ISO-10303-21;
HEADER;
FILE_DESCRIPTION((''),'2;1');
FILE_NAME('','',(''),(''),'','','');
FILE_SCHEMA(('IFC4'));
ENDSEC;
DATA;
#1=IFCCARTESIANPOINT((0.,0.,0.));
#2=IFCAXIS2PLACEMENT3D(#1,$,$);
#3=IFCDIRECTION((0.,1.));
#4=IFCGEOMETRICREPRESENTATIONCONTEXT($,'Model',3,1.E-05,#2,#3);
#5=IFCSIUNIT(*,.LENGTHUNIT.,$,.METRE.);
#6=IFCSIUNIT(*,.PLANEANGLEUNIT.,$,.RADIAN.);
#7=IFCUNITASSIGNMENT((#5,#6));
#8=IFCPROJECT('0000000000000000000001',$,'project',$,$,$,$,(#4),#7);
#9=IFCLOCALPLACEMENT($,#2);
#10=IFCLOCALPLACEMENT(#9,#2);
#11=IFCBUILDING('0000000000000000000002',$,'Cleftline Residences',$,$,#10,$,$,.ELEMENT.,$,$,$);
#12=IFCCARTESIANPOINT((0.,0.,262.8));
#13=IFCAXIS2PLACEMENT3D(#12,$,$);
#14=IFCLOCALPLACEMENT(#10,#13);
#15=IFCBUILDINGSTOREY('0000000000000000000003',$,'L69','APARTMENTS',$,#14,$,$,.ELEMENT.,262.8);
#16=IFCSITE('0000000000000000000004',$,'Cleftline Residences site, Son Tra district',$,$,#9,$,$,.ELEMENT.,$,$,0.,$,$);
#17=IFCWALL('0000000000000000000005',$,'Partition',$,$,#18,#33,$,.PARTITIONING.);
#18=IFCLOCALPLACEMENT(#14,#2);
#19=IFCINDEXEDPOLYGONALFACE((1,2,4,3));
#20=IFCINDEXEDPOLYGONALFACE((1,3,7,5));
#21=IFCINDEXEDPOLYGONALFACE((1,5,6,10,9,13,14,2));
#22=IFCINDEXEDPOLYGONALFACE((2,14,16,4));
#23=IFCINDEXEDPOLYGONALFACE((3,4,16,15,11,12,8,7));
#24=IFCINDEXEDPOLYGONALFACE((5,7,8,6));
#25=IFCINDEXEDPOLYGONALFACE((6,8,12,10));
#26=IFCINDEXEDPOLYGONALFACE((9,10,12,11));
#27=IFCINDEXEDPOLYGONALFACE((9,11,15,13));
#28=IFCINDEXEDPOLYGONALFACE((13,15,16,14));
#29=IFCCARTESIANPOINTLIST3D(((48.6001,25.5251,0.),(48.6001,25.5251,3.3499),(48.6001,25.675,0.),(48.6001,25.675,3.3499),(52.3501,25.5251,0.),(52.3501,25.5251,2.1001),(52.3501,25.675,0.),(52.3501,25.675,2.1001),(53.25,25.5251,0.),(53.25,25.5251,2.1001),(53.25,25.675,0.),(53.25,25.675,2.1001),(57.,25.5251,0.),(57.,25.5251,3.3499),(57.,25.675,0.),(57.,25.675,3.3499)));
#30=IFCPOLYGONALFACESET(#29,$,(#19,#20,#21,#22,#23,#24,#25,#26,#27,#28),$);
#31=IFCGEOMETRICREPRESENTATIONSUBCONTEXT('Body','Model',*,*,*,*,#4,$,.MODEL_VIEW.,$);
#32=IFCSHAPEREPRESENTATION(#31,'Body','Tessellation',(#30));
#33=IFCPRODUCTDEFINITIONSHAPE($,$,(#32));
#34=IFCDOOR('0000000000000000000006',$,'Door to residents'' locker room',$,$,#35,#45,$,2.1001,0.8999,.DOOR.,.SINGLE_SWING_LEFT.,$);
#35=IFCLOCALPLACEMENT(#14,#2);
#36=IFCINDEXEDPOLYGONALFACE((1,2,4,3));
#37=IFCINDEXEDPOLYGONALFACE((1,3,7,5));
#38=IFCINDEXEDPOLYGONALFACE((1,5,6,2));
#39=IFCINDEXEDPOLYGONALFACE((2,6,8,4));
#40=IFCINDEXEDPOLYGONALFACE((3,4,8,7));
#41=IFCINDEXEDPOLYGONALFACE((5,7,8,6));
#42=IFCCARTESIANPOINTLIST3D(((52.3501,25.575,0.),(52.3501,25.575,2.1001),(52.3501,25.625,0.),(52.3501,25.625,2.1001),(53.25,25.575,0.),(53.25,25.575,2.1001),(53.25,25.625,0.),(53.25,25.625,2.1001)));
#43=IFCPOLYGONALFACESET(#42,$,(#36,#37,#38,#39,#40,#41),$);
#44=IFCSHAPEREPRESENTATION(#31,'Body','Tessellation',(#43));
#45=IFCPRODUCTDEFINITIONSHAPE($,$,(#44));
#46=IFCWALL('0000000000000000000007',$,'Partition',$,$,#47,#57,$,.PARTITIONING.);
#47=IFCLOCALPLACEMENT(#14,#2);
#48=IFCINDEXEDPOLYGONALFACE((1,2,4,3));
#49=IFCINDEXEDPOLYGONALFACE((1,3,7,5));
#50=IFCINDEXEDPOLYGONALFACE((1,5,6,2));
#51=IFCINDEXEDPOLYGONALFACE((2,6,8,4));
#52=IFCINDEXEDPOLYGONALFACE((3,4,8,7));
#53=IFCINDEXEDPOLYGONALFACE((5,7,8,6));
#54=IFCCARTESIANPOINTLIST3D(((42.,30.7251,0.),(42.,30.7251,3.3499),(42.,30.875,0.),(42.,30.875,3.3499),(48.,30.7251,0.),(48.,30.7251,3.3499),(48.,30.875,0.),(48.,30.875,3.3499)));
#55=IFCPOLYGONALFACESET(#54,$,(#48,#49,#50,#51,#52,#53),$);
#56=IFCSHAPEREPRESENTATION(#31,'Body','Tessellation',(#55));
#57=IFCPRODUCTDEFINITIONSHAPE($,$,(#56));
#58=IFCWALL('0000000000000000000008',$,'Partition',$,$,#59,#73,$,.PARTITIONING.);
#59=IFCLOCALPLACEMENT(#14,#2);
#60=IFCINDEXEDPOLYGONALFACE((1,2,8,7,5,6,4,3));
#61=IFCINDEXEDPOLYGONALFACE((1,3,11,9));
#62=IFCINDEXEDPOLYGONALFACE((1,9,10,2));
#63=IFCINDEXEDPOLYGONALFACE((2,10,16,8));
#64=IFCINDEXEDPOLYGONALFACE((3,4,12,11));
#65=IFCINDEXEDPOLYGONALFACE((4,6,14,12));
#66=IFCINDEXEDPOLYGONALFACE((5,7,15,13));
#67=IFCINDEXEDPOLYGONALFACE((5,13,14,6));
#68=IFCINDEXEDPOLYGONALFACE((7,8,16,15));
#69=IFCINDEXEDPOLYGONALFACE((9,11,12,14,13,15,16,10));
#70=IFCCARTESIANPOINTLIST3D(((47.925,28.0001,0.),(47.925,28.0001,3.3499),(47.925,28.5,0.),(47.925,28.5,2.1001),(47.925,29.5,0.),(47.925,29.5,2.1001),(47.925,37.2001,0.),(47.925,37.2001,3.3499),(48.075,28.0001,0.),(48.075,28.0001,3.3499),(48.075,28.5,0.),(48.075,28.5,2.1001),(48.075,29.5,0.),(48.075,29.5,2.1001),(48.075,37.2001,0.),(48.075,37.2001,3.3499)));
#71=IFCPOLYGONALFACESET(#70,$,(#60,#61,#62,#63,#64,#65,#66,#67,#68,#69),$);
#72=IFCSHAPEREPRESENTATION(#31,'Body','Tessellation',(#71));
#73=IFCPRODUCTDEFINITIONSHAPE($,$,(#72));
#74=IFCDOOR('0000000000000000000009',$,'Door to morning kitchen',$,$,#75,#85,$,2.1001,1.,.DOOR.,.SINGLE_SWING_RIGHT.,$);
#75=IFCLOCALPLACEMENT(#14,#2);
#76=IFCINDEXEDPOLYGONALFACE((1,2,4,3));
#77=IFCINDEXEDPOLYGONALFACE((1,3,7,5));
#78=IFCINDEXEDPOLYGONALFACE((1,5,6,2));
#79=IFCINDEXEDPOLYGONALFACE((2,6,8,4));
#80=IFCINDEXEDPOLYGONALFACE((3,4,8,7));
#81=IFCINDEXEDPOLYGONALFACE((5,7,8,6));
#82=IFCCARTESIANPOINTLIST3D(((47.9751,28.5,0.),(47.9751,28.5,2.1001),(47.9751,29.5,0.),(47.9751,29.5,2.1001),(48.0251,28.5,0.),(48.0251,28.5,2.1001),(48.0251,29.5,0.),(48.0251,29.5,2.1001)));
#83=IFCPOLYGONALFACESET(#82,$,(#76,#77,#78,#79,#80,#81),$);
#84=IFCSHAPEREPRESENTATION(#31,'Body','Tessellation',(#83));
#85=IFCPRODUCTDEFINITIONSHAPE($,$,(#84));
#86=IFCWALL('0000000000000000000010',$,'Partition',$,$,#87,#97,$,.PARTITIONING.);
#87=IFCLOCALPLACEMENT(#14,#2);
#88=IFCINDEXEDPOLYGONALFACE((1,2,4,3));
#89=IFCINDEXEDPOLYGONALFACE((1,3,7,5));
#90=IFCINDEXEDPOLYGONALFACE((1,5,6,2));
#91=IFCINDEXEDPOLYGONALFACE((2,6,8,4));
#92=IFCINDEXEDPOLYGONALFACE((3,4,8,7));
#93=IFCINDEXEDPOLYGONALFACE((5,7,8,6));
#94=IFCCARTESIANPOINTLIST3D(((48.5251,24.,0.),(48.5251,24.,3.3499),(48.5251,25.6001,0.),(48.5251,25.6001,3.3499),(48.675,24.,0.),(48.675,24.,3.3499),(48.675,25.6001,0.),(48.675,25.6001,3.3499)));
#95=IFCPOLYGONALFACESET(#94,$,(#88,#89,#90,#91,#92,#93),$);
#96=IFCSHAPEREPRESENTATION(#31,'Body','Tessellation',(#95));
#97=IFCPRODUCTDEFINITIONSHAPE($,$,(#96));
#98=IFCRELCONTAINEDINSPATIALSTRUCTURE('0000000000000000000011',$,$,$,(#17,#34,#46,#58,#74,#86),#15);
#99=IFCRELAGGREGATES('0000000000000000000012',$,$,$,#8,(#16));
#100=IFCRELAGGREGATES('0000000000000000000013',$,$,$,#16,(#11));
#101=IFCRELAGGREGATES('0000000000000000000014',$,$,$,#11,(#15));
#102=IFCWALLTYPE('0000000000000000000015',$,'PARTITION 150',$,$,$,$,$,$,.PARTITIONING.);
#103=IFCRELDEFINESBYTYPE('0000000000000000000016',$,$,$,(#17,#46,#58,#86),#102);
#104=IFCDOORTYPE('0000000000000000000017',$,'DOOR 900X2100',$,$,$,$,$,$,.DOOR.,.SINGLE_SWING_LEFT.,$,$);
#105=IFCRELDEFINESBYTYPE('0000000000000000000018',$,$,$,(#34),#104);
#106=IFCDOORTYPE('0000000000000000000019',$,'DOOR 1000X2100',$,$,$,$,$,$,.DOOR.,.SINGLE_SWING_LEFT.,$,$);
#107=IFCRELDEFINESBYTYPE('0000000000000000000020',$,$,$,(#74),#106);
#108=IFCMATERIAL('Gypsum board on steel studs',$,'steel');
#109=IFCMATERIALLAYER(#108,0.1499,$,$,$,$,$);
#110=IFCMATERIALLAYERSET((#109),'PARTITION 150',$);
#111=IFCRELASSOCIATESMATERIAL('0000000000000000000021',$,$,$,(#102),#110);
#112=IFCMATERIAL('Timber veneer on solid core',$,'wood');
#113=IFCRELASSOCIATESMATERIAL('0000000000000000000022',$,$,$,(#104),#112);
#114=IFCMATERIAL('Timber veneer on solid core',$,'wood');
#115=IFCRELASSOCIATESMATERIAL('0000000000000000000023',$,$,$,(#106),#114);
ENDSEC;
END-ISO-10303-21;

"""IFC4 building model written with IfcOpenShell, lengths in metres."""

from ifc_helpers import new_model, si_unit, direction, frame, frame_2d, origin, place, context, subcontext, project, spatial, rectangle, extrude, material, layer, layer_set, type_object, element, fill, save


model = new_model("IFC4")

# Units and contexts
model_context = context("Model", 3, precision=1e-05, world=origin(), true_north=direction((0.0, 1.0)))
body_context = subcontext(model_context, "Body", "Model", "MODEL_VIEW")
ifc_project = project(units=[si_unit("LENGTHUNIT", "METRE"), si_unit("PLANEANGLEUNIT", "RADIAN")], contexts=[model_context])

# Site, building, storey
site_placement = place(None, origin())
site = spatial("IfcSite", under=ifc_project, at=site_placement, Name="Cleftline Residences site, Son Tra district", CompositionType="ELEMENT", RefElevation=0.0)
building_placement = place(site_placement, origin())
building = spatial("IfcBuilding", under=site, at=building_placement, Name="Cleftline Residences", CompositionType="ELEMENT")
storey_placement = place(building_placement, frame((0.0, 0.0, 262.8)))
storey = spatial("IfcBuildingStorey", under=building, at=storey_placement, Name="L69", Description="APARTMENTS", CompositionType="ELEMENT", Elevation=262.8)

# Shared definitions
ifc_material_1 = material(Name="Gypsum board on steel studs", Category="steel")
ifc_layer_1 = layer(ifc_material_1, 0.1499)
ifc_layer_set_1 = layer_set([ifc_layer_1], Name="PARTITION 150")
wall_type_1 = type_object("IfcWallType", Name="PARTITION 150", PredefinedType="PARTITIONING", material=ifc_layer_set_1)

# Wall, opening, door
wall_1_placement = place(storey_placement, frame((48.6001, 25.6001, 0.0), z_axis=(0.0, 0.0, 1.0), x_axis=(1.0, 0.0, 0.0)))
wall_1 = element("IfcWall", 1, at=wall_1_placement, inside=storey, type_object=wall_type_1, Name="Partition", PredefinedType="PARTITIONING", context=body_context, shape_type="SweptSolid", body=[
    extrude(rectangle(XDim=8.3999, YDim=0.1499, at=frame_2d((4.2, 0.0))), origin(), (0.0, 0.0, 1.0), 3.3499),
])
opening_1_placement = place(wall_1_placement, frame((3.75, 0.0, 0.0)))
opening_1 = element("IfcOpeningElement", 2, at=opening_1_placement, cuts=wall_1, PredefinedType="OPENING", context=body_context, shape_type="SweptSolid", body=[
    extrude(rectangle(XDim=0.8999, YDim=2.1001, at=frame_2d((0.45, 1.05))), frame((0.0, 0.085, 0.0), z_axis=(0.0, -1.0, 0.0), x_axis=(1.0, 0.0, 0.0)), (0.0, 0.0, 1.0), 0.1699),
])
ifc_material_2 = material(Name="Timber veneer on solid core", Category="wood")
door_type_1 = type_object("IfcDoorType", Name="DOOR 900X2100", OperationType="SINGLE_SWING_LEFT", PredefinedType="DOOR", material=ifc_material_2)
door_1_placement = place(opening_1_placement, origin())
door_1 = element("IfcDoor", 3, at=door_1_placement, inside=storey, type_object=door_type_1, Name="Door to residents' locker room", OperationType="SINGLE_SWING_LEFT", OverallHeight=2.1001, OverallWidth=0.8999, PredefinedType="DOOR", context=body_context, shape_type="SweptSolid", body=[
    extrude(rectangle(XDim=0.8999, YDim=2.1001, at=frame_2d((0.45, 1.05))), frame((0.0, 0.0249, 0.0), z_axis=(0.0, -1.0, 0.0), x_axis=(1.0, 0.0, 0.0)), (0.0, 0.0, 1.0), 0.05),
])
fill(opening_1, door_1)

# Wall
wall_2_placement = place(storey_placement, frame((42.0, 30.8, 0.0), z_axis=(0.0, 0.0, 1.0), x_axis=(1.0, 0.0, 0.0)))
element("IfcWall", 4, at=wall_2_placement, inside=storey, type_object=wall_type_1, Name="Partition", PredefinedType="PARTITIONING", context=body_context, shape_type="SweptSolid", body=[
    extrude(rectangle(XDim=6.0, YDim=0.1499, at=frame_2d((3.0, 0.0))), origin(), (0.0, 0.0, 1.0), 3.3499),
])

# Wall, opening, door
wall_3_placement = place(storey_placement, frame((48.0, 28.0, 0.0), z_axis=(0.0, 0.0, 1.0), x_axis=(0.0, 1.0, 0.0)))
wall_3 = element("IfcWall", 5, at=wall_3_placement, inside=storey, type_object=wall_type_1, Name="Partition", PredefinedType="PARTITIONING", context=body_context, shape_type="SweptSolid", body=[
    extrude(rectangle(XDim=9.2, YDim=0.1499, at=frame_2d((4.6001, 0.0))), origin(), (0.0, 0.0, 1.0), 3.3499),
])
opening_2_placement = place(wall_3_placement, frame((0.5, 0.0, 0.0)))
opening_2 = element("IfcOpeningElement", 6, at=opening_2_placement, cuts=wall_3, PredefinedType="OPENING", context=body_context, shape_type="SweptSolid", body=[
    extrude(rectangle(XDim=1.0, YDim=2.1001, at=frame_2d((0.5, 1.05))), frame((0.0, 0.085, 0.0), z_axis=(0.0, -1.0, 0.0), x_axis=(1.0, 0.0, 0.0)), (0.0, 0.0, 1.0), 0.1699),
])
ifc_material_3 = material(Name="Timber veneer on solid core", Category="wood")
door_type_2 = type_object("IfcDoorType", Name="DOOR 1000X2100", OperationType="SINGLE_SWING_LEFT", PredefinedType="DOOR", material=ifc_material_3)
door_2_placement = place(opening_2_placement, origin())
door_2 = element("IfcDoor", 7, at=door_2_placement, inside=storey, type_object=door_type_2, Name="Door to morning kitchen", OperationType="SINGLE_SWING_RIGHT", OverallHeight=2.1001, OverallWidth=1.0, PredefinedType="DOOR", context=body_context, shape_type="SweptSolid", body=[
    extrude(rectangle(XDim=1.0, YDim=2.1001, at=frame_2d((0.5, 1.05))), frame((0.0, 0.0249, 0.0), z_axis=(0.0, -1.0, 0.0), x_axis=(1.0, 0.0, 0.0)), (0.0, 0.0, 1.0), 0.05),
])
fill(opening_2, door_2)

# Wall
wall_4_placement = place(storey_placement, frame((48.6001, 24.0, 0.0), z_axis=(0.0, 0.0, 1.0), x_axis=(0.0, 1.0, 0.0)))
element("IfcWall", 8, at=wall_4_placement, inside=storey, type_object=wall_type_1, Name="Partition", PredefinedType="PARTITIONING", context=body_context, shape_type="SweptSolid", body=[
    extrude(rectangle(XDim=1.6001, YDim=0.1499, at=frame_2d((0.8, 0.0))), origin(), (0.0, 0.0, 1.0), 3.3499),
])

save(model, "model.ifc")
